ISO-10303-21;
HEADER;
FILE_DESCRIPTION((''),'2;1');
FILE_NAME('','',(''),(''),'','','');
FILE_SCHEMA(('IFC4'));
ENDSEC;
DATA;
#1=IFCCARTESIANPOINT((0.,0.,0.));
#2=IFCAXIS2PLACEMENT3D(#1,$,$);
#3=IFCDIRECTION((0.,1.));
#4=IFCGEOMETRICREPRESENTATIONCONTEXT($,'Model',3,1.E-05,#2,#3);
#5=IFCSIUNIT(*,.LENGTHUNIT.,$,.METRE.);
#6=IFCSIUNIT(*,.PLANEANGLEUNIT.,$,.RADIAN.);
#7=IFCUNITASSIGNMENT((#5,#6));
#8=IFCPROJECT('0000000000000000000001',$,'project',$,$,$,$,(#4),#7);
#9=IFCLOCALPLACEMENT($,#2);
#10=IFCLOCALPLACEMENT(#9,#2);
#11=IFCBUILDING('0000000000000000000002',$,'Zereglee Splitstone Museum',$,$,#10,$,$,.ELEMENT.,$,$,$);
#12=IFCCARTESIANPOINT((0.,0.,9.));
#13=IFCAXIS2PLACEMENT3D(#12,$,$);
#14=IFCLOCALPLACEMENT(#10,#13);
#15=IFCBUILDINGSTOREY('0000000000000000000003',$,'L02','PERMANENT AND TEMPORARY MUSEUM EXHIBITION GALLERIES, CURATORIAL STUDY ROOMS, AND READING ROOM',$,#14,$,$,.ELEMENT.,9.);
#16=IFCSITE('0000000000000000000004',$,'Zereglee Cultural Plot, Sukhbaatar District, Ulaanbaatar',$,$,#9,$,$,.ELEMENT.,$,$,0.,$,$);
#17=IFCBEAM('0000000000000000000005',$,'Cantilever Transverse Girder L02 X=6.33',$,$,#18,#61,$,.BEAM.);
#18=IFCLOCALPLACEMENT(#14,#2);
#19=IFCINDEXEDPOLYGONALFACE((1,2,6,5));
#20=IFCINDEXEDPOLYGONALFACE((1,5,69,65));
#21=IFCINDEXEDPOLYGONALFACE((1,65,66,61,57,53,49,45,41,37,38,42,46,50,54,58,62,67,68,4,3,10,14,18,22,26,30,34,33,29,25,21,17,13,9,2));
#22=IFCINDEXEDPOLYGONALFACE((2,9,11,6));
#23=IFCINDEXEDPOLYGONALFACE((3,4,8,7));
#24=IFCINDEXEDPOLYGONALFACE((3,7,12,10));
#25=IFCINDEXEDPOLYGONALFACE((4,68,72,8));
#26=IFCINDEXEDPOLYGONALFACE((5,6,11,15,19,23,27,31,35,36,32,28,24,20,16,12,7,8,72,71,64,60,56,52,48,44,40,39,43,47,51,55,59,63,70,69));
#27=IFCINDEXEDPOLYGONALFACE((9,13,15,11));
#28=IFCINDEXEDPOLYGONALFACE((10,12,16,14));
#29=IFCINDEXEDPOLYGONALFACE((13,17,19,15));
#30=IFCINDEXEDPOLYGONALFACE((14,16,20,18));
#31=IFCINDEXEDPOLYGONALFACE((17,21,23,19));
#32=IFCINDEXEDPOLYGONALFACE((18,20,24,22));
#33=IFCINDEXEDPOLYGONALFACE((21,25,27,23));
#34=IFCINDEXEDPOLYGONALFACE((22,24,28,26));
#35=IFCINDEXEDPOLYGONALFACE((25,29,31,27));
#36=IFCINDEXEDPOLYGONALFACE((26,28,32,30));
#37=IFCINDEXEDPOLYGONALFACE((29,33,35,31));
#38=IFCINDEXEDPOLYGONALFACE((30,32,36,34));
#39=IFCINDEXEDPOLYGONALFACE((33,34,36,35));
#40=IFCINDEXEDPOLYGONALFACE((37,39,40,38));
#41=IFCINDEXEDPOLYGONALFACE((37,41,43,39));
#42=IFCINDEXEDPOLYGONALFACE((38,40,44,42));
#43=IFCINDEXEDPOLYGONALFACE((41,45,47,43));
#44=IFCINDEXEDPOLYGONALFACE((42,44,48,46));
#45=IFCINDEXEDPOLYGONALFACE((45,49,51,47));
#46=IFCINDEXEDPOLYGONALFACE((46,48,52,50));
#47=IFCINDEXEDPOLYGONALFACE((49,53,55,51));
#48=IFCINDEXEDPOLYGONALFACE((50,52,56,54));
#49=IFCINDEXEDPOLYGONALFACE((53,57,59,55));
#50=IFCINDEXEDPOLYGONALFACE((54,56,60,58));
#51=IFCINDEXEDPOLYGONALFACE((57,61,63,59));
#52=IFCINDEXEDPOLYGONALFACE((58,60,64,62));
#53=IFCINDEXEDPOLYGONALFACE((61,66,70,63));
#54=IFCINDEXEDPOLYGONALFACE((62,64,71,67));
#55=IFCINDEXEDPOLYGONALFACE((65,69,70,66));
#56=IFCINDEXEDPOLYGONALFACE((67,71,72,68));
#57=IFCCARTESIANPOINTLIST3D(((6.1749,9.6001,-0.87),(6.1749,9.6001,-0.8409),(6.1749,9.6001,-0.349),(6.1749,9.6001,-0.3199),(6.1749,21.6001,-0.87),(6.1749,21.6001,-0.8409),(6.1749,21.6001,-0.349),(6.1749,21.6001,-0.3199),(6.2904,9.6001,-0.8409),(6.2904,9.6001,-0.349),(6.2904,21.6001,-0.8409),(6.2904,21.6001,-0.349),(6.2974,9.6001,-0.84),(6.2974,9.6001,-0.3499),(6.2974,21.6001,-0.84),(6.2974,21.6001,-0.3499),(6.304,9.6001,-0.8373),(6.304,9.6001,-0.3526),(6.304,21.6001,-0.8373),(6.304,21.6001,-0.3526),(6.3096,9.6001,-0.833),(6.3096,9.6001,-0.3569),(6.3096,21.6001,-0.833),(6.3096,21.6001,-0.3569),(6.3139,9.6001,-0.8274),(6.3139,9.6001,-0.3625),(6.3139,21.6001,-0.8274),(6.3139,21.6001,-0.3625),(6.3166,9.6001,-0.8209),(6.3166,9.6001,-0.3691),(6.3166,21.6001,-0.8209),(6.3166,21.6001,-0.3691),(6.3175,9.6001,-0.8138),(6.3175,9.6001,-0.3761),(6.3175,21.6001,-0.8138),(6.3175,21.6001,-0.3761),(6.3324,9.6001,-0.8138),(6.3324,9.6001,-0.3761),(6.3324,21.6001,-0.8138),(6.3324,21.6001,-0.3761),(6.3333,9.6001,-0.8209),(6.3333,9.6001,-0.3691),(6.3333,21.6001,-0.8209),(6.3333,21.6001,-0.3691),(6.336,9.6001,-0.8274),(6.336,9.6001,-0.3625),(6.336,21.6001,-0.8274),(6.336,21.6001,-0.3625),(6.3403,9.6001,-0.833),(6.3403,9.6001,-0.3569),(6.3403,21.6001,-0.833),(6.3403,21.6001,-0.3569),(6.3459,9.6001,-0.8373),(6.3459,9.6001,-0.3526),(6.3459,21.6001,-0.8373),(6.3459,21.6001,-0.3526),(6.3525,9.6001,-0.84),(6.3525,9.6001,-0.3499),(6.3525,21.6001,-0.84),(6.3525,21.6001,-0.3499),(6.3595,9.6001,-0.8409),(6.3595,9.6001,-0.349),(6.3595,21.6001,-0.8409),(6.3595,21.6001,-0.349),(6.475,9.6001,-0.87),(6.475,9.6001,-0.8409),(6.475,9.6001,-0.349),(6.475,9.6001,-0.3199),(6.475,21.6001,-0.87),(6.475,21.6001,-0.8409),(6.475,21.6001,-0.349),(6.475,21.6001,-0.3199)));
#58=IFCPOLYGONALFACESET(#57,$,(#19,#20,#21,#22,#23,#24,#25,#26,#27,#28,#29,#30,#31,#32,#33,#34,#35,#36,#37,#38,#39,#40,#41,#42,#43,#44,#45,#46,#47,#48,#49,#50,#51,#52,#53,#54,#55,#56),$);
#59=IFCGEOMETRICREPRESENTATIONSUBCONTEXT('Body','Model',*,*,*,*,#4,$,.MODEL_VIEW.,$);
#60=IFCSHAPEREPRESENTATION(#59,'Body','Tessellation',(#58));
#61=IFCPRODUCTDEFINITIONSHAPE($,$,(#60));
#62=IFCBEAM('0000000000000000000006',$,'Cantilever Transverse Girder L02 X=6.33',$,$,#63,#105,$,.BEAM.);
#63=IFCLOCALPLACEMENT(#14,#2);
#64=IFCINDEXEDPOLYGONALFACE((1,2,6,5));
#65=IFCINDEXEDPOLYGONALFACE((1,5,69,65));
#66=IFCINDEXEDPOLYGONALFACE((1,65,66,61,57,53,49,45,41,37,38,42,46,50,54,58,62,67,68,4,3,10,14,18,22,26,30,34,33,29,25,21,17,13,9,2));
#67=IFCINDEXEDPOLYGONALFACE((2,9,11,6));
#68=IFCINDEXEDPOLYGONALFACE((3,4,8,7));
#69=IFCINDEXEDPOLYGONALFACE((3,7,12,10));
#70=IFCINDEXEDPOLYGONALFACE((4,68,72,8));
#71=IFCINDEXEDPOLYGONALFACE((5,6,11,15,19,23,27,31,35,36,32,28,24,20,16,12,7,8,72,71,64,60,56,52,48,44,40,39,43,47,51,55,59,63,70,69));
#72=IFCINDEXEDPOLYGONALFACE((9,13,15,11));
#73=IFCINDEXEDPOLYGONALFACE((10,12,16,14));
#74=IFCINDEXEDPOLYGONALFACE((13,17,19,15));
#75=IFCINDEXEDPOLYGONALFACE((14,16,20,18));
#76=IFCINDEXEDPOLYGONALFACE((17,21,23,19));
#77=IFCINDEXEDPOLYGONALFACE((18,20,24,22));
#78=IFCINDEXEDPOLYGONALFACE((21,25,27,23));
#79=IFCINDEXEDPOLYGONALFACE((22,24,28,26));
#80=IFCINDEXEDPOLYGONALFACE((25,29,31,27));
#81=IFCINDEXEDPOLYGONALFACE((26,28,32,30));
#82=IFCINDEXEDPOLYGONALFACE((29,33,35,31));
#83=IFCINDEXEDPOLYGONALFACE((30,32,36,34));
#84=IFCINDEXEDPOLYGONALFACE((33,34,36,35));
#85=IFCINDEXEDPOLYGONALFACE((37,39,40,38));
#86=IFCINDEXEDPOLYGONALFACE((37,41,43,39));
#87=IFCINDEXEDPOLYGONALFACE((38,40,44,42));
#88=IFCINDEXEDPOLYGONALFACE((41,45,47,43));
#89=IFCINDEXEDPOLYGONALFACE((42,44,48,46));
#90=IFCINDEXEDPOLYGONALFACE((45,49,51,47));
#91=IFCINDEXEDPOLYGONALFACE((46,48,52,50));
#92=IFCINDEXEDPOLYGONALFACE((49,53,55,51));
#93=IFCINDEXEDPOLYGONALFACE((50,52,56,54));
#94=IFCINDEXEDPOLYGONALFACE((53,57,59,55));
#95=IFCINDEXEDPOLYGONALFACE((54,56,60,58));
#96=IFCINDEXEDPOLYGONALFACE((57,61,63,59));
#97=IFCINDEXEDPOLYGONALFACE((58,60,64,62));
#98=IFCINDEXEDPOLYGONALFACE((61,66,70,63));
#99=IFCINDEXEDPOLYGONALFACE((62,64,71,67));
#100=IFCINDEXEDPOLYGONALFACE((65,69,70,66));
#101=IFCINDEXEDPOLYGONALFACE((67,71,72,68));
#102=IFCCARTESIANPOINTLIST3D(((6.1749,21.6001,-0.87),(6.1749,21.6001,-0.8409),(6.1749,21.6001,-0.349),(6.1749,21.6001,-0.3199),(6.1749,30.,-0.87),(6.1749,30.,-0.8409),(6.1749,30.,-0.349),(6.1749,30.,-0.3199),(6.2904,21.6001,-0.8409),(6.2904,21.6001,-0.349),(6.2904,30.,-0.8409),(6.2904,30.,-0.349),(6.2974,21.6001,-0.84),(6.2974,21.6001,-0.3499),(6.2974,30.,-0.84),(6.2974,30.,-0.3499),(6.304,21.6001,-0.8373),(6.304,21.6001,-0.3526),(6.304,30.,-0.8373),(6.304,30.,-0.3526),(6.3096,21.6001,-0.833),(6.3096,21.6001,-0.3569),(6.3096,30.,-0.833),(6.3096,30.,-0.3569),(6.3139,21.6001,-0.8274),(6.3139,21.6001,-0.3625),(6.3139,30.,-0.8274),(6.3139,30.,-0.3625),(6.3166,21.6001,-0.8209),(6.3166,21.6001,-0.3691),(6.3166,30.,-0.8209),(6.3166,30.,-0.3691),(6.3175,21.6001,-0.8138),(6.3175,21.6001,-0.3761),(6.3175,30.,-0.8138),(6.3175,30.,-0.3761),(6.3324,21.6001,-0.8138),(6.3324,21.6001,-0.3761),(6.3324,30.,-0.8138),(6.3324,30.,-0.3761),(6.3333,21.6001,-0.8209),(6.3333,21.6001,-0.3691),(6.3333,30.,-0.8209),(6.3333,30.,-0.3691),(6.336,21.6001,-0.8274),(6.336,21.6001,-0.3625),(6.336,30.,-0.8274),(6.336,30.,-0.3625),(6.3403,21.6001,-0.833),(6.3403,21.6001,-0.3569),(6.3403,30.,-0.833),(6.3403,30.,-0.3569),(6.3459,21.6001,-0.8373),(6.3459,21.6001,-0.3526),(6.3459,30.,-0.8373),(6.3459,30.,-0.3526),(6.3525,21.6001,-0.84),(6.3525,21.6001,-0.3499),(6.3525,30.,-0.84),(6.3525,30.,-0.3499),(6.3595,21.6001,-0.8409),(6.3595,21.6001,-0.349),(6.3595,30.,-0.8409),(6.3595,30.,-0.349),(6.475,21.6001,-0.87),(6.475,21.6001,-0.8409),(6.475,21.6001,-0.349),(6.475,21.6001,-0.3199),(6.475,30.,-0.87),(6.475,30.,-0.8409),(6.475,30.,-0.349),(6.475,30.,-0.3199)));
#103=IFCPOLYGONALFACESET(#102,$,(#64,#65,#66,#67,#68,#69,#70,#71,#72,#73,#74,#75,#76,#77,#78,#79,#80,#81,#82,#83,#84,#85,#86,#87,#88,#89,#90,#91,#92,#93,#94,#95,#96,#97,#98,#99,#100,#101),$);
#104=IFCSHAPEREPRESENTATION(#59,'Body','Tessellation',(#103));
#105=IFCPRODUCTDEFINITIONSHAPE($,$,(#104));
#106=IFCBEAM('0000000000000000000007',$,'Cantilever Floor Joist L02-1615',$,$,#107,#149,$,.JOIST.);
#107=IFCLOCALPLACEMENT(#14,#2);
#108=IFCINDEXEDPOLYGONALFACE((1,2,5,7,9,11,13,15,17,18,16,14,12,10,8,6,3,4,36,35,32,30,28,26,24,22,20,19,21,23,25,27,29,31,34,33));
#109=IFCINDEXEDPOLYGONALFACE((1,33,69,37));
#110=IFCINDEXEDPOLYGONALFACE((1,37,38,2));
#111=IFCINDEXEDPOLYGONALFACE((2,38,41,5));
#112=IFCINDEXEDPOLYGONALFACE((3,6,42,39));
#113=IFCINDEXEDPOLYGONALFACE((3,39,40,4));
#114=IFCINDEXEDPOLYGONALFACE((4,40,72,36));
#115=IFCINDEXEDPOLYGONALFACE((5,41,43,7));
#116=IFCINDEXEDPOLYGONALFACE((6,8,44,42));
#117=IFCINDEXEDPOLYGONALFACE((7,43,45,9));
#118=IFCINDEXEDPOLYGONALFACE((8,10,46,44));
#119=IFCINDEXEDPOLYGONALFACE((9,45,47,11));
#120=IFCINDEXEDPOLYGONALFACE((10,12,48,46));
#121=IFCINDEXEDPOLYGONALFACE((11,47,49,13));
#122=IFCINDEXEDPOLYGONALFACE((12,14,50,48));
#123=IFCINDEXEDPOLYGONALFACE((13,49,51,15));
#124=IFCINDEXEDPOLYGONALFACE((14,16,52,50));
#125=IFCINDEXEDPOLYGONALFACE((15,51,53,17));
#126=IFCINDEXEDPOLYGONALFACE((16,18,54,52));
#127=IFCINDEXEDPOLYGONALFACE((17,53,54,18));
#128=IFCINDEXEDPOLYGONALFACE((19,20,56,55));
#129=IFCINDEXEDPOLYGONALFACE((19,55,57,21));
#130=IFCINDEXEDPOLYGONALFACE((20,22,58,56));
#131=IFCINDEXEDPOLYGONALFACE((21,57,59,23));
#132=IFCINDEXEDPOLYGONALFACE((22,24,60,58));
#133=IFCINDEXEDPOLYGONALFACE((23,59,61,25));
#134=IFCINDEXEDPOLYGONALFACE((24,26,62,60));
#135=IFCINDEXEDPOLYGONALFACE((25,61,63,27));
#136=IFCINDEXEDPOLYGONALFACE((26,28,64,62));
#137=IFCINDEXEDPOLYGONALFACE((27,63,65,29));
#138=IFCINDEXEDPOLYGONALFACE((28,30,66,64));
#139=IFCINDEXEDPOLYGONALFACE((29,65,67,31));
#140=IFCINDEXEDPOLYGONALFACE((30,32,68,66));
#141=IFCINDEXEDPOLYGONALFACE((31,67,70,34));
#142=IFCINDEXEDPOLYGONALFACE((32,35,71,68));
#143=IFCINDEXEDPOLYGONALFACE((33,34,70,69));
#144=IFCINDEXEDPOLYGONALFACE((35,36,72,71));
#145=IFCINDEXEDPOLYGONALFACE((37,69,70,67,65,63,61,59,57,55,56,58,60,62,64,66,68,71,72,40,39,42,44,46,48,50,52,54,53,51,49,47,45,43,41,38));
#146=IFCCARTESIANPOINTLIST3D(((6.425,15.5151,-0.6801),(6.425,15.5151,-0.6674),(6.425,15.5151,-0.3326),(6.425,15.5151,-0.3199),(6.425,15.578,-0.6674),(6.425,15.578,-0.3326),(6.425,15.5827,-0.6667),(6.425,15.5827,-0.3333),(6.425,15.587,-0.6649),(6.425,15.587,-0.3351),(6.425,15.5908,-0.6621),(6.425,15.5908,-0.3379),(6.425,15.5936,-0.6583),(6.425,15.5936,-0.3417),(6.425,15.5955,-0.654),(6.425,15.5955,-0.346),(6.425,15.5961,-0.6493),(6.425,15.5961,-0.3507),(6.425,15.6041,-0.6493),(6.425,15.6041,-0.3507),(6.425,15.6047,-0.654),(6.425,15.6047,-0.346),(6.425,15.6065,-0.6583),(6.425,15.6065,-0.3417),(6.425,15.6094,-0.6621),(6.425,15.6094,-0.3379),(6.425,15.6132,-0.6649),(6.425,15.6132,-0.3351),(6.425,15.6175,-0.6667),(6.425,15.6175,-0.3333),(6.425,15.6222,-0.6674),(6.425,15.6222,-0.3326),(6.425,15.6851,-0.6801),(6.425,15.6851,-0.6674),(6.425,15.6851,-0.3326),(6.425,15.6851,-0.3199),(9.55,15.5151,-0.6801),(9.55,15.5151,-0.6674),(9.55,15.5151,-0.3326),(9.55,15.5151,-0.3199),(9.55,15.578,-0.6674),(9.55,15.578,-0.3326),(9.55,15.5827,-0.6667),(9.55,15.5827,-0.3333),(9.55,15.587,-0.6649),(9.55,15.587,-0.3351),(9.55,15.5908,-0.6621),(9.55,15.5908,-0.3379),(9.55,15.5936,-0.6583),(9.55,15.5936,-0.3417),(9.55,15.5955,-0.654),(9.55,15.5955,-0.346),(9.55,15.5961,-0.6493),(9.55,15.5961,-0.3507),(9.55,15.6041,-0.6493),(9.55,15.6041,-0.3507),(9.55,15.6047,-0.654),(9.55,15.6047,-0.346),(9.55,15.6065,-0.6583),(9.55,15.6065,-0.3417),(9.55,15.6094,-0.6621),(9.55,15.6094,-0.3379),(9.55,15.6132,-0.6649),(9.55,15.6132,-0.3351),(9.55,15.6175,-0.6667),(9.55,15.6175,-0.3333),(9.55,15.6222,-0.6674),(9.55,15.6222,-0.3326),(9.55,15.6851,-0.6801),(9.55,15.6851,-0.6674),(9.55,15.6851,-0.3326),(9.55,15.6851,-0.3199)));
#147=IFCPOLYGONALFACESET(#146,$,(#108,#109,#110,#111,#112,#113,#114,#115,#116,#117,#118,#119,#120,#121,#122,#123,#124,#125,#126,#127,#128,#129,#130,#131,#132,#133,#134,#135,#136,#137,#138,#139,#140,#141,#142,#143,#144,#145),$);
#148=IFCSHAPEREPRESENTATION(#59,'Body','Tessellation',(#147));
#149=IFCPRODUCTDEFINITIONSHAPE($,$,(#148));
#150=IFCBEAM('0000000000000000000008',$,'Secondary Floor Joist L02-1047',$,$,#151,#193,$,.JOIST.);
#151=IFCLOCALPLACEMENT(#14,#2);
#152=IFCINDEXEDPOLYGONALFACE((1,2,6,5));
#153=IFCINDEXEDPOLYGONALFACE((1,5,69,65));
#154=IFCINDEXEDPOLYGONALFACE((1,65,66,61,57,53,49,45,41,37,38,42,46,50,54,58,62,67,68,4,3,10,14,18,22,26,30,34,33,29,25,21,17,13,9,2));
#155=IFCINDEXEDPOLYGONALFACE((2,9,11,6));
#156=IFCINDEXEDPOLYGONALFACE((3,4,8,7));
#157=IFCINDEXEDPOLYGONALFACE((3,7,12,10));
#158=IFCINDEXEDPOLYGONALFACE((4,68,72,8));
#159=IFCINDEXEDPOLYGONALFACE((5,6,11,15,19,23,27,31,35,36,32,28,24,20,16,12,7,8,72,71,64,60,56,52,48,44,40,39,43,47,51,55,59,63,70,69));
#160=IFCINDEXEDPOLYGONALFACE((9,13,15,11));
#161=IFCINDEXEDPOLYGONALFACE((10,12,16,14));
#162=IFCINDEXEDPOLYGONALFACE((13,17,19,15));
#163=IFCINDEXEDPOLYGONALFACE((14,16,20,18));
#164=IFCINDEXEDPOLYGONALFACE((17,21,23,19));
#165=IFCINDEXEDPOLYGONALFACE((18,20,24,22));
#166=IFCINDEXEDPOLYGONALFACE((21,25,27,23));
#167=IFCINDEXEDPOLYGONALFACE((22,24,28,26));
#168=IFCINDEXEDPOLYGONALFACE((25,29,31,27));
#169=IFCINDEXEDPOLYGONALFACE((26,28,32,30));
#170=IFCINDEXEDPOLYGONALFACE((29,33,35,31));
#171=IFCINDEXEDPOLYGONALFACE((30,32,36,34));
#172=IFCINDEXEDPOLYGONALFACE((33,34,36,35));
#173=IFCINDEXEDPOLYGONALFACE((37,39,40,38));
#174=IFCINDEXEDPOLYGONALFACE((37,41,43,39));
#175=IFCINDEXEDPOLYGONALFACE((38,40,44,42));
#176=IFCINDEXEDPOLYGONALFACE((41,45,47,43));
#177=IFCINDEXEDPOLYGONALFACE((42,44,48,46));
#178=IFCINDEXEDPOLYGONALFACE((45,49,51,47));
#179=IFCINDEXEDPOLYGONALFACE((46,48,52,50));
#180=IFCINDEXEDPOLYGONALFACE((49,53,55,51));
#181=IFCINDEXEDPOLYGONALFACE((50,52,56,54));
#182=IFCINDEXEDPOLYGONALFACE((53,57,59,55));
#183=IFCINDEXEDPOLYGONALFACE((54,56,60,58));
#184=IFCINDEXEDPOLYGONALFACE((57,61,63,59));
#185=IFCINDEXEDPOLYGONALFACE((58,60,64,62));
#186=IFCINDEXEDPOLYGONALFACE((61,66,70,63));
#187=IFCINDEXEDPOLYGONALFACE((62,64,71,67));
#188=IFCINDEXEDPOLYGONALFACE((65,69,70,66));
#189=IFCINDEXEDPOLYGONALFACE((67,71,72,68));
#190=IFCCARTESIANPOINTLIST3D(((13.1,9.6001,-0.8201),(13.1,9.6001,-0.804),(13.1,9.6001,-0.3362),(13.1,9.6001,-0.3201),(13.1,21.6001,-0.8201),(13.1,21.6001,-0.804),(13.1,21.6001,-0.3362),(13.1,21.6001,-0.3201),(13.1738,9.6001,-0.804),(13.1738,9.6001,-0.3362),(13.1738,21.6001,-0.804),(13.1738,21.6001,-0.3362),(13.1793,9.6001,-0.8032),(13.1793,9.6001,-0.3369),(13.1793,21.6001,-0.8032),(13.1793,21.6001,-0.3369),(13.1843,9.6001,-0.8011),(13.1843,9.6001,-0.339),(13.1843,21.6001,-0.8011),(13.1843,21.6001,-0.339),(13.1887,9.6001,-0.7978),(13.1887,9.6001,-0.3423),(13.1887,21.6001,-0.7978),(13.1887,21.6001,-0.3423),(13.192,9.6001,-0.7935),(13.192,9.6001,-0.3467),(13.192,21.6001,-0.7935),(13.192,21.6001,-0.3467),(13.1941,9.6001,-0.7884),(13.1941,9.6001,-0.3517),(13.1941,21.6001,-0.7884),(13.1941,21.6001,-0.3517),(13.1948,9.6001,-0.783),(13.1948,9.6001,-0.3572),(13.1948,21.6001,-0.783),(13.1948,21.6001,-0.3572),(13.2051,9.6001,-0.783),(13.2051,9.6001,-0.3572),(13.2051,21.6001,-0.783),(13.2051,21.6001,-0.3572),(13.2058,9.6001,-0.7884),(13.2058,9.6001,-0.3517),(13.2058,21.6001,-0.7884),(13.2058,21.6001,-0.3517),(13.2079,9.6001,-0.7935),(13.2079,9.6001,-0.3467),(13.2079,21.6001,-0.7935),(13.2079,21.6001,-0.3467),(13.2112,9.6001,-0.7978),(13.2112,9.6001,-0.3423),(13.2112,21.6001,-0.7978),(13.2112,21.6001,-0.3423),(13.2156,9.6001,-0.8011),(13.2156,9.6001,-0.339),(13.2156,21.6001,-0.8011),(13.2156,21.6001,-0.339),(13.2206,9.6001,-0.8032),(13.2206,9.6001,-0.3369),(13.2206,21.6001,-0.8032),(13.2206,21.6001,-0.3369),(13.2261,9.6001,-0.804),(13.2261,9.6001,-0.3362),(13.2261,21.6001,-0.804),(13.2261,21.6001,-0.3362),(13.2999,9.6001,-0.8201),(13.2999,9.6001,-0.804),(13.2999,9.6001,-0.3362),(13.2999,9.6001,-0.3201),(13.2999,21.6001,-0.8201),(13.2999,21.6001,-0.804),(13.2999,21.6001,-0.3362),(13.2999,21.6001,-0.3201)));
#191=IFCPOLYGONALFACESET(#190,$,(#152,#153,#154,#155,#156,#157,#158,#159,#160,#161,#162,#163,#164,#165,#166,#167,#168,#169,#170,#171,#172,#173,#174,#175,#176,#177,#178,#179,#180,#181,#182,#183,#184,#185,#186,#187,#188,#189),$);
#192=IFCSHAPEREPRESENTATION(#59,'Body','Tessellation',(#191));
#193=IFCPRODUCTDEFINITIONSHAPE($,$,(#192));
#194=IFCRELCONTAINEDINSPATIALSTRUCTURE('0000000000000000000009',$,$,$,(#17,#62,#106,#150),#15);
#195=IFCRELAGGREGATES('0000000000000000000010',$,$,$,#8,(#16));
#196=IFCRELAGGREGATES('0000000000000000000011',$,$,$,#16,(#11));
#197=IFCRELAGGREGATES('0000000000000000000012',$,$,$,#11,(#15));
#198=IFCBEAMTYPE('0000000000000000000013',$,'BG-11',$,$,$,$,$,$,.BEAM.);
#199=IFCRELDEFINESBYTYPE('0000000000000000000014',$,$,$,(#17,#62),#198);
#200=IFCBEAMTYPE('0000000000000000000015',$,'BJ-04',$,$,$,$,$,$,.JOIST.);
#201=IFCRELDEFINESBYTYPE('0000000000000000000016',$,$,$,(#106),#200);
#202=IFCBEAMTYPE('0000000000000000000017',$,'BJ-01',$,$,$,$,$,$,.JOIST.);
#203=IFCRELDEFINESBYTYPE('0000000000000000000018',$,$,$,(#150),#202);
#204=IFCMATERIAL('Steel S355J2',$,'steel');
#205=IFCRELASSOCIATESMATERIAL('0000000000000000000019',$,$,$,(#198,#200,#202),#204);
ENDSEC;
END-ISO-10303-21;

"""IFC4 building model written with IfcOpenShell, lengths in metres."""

from ifc_helpers import new_model, si_unit, direction, frame, origin, origin_2d, place, context, subcontext, project, spatial, i_section, extrude, material, material_profile, profile_set, type_object, element, save


model = new_model("IFC4")

# Units and contexts
model_context = context("Model", 3, precision=1e-05, world=origin(), true_north=direction((0.0, 1.0)))
body_context = subcontext(model_context, "Body", "Model", "MODEL_VIEW")
ifc_project = project(units=[si_unit("LENGTHUNIT", "METRE"), si_unit("PLANEANGLEUNIT", "RADIAN")], contexts=[model_context])

# Site, building, storey
site_placement = place(None, origin())
site = spatial("IfcSite", under=ifc_project, at=site_placement, Name="Zereglee Cultural Plot, Sukhbaatar District, Ulaanbaatar", CompositionType="ELEMENT", RefElevation=0.0)
building_placement = place(site_placement, origin())
building = spatial("IfcBuilding", under=site, at=building_placement, Name="Zereglee Splitstone Museum", CompositionType="ELEMENT")
storey_placement = place(building_placement, frame((0.0, 0.0, 9.0)))
storey = spatial("IfcBuildingStorey", under=building, at=storey_placement, Name="L02", Description="PERMANENT AND TEMPORARY MUSEUM EXHIBITION GALLERIES, CURATORIAL STUDY ROOMS, AND READING ROOM", CompositionType="ELEMENT", Elevation=9.0)

# Beams
ifc_material_1 = material(Name="Steel S355J2", Category="steel")
ifc_material_profile_1 = material_profile(ifc_material_1, i_section(OverallWidth=0.3, OverallDepth=0.55, WebThickness=0.0149, FlangeThickness=0.0291, FilletRadius=0.0271, at=origin_2d()), Name="HE 550 B")
ifc_profile_set_1 = profile_set([ifc_material_profile_1], Name="Steel S355J2")
beam_type_1 = type_object("IfcBeamType", Name="BG-11", PredefinedType="BEAM", material=ifc_profile_set_1)
beam_1_placement = place(storey_placement, frame((6.325, 9.6001, -0.595), z_axis=(0.0, 1.0, 0.0), x_axis=(-1.0, 0.0, 0.0)))
element("IfcBeam", 1, at=beam_1_placement, inside=storey, type_object=beam_type_1, Name="Cantilever Transverse Girder L02 X=6.33", PredefinedType="BEAM", context=body_context, shape_type="SweptSolid", body=[
    extrude(i_section(OverallWidth=0.3, OverallDepth=0.55, WebThickness=0.0149, FlangeThickness=0.0291, FilletRadius=0.0271, at=origin_2d()), origin(), (0.0, 0.0, 1.0), 12.0),
])
beam_2_placement = place(storey_placement, frame((6.325, 21.6001, -0.595), z_axis=(0.0, 1.0, 0.0), x_axis=(-1.0, 0.0, 0.0)))
element("IfcBeam", 2, at=beam_2_placement, inside=storey, type_object=beam_type_1, Name="Cantilever Transverse Girder L02 X=6.33", PredefinedType="BEAM", context=body_context, shape_type="SweptSolid", body=[
    extrude(i_section(OverallWidth=0.3, OverallDepth=0.55, WebThickness=0.0149, FlangeThickness=0.0291, FilletRadius=0.0271, at=origin_2d()), origin(), (0.0, 0.0, 1.0), 8.3999),
])
ifc_material_profile_2 = material_profile(ifc_material_1, i_section(OverallWidth=0.1699, OverallDepth=0.3601, WebThickness=0.0081, FlangeThickness=0.0127, FilletRadius=0.0181, at=origin_2d()), Name="IPE 360")
ifc_profile_set_2 = profile_set([ifc_material_profile_2], Name="Steel S355J2")
beam_type_2 = type_object("IfcBeamType", Name="BJ-04", PredefinedType="JOIST", material=ifc_profile_set_2)
beam_3_placement = place(storey_placement, frame((6.425, 15.6001, -0.5), z_axis=(1.0, 0.0, 0.0), x_axis=(0.0, 1.0, 0.0)))
element("IfcBeam", 3, at=beam_3_placement, inside=storey, type_object=beam_type_2, Name="Cantilever Floor Joist L02-1615", PredefinedType="JOIST", context=body_context, shape_type="SweptSolid", body=[
    extrude(i_section(OverallWidth=0.1699, OverallDepth=0.3601, WebThickness=0.0081, FlangeThickness=0.0127, FilletRadius=0.0181, at=origin_2d()), origin(), (0.0, 0.0, 1.0), 3.125),
])
ifc_material_profile_3 = material_profile(ifc_material_1, i_section(OverallWidth=0.2, OverallDepth=0.5, WebThickness=0.0103, FlangeThickness=0.0161, FilletRadius=0.021, at=origin_2d()), Name="IPE 500")
ifc_profile_set_3 = profile_set([ifc_material_profile_3], Name="Steel S355J2")
beam_type_3 = type_object("IfcBeamType", Name="BJ-01", PredefinedType="JOIST", material=ifc_profile_set_3)
beam_4_placement = place(storey_placement, frame((13.2, 9.6001, -0.5701), z_axis=(0.0, 1.0, 0.0), x_axis=(-1.0, 0.0, 0.0)))
element("IfcBeam", 4, at=beam_4_placement, inside=storey, type_object=beam_type_3, Name="Secondary Floor Joist L02-1047", PredefinedType="JOIST", context=body_context, shape_type="SweptSolid", body=[
    extrude(i_section(OverallWidth=0.2, OverallDepth=0.5, WebThickness=0.0103, FlangeThickness=0.0161, FilletRadius=0.021, at=origin_2d()), origin(), (0.0, 0.0, 1.0), 12.0),
])

save(model, "model.ifc")
